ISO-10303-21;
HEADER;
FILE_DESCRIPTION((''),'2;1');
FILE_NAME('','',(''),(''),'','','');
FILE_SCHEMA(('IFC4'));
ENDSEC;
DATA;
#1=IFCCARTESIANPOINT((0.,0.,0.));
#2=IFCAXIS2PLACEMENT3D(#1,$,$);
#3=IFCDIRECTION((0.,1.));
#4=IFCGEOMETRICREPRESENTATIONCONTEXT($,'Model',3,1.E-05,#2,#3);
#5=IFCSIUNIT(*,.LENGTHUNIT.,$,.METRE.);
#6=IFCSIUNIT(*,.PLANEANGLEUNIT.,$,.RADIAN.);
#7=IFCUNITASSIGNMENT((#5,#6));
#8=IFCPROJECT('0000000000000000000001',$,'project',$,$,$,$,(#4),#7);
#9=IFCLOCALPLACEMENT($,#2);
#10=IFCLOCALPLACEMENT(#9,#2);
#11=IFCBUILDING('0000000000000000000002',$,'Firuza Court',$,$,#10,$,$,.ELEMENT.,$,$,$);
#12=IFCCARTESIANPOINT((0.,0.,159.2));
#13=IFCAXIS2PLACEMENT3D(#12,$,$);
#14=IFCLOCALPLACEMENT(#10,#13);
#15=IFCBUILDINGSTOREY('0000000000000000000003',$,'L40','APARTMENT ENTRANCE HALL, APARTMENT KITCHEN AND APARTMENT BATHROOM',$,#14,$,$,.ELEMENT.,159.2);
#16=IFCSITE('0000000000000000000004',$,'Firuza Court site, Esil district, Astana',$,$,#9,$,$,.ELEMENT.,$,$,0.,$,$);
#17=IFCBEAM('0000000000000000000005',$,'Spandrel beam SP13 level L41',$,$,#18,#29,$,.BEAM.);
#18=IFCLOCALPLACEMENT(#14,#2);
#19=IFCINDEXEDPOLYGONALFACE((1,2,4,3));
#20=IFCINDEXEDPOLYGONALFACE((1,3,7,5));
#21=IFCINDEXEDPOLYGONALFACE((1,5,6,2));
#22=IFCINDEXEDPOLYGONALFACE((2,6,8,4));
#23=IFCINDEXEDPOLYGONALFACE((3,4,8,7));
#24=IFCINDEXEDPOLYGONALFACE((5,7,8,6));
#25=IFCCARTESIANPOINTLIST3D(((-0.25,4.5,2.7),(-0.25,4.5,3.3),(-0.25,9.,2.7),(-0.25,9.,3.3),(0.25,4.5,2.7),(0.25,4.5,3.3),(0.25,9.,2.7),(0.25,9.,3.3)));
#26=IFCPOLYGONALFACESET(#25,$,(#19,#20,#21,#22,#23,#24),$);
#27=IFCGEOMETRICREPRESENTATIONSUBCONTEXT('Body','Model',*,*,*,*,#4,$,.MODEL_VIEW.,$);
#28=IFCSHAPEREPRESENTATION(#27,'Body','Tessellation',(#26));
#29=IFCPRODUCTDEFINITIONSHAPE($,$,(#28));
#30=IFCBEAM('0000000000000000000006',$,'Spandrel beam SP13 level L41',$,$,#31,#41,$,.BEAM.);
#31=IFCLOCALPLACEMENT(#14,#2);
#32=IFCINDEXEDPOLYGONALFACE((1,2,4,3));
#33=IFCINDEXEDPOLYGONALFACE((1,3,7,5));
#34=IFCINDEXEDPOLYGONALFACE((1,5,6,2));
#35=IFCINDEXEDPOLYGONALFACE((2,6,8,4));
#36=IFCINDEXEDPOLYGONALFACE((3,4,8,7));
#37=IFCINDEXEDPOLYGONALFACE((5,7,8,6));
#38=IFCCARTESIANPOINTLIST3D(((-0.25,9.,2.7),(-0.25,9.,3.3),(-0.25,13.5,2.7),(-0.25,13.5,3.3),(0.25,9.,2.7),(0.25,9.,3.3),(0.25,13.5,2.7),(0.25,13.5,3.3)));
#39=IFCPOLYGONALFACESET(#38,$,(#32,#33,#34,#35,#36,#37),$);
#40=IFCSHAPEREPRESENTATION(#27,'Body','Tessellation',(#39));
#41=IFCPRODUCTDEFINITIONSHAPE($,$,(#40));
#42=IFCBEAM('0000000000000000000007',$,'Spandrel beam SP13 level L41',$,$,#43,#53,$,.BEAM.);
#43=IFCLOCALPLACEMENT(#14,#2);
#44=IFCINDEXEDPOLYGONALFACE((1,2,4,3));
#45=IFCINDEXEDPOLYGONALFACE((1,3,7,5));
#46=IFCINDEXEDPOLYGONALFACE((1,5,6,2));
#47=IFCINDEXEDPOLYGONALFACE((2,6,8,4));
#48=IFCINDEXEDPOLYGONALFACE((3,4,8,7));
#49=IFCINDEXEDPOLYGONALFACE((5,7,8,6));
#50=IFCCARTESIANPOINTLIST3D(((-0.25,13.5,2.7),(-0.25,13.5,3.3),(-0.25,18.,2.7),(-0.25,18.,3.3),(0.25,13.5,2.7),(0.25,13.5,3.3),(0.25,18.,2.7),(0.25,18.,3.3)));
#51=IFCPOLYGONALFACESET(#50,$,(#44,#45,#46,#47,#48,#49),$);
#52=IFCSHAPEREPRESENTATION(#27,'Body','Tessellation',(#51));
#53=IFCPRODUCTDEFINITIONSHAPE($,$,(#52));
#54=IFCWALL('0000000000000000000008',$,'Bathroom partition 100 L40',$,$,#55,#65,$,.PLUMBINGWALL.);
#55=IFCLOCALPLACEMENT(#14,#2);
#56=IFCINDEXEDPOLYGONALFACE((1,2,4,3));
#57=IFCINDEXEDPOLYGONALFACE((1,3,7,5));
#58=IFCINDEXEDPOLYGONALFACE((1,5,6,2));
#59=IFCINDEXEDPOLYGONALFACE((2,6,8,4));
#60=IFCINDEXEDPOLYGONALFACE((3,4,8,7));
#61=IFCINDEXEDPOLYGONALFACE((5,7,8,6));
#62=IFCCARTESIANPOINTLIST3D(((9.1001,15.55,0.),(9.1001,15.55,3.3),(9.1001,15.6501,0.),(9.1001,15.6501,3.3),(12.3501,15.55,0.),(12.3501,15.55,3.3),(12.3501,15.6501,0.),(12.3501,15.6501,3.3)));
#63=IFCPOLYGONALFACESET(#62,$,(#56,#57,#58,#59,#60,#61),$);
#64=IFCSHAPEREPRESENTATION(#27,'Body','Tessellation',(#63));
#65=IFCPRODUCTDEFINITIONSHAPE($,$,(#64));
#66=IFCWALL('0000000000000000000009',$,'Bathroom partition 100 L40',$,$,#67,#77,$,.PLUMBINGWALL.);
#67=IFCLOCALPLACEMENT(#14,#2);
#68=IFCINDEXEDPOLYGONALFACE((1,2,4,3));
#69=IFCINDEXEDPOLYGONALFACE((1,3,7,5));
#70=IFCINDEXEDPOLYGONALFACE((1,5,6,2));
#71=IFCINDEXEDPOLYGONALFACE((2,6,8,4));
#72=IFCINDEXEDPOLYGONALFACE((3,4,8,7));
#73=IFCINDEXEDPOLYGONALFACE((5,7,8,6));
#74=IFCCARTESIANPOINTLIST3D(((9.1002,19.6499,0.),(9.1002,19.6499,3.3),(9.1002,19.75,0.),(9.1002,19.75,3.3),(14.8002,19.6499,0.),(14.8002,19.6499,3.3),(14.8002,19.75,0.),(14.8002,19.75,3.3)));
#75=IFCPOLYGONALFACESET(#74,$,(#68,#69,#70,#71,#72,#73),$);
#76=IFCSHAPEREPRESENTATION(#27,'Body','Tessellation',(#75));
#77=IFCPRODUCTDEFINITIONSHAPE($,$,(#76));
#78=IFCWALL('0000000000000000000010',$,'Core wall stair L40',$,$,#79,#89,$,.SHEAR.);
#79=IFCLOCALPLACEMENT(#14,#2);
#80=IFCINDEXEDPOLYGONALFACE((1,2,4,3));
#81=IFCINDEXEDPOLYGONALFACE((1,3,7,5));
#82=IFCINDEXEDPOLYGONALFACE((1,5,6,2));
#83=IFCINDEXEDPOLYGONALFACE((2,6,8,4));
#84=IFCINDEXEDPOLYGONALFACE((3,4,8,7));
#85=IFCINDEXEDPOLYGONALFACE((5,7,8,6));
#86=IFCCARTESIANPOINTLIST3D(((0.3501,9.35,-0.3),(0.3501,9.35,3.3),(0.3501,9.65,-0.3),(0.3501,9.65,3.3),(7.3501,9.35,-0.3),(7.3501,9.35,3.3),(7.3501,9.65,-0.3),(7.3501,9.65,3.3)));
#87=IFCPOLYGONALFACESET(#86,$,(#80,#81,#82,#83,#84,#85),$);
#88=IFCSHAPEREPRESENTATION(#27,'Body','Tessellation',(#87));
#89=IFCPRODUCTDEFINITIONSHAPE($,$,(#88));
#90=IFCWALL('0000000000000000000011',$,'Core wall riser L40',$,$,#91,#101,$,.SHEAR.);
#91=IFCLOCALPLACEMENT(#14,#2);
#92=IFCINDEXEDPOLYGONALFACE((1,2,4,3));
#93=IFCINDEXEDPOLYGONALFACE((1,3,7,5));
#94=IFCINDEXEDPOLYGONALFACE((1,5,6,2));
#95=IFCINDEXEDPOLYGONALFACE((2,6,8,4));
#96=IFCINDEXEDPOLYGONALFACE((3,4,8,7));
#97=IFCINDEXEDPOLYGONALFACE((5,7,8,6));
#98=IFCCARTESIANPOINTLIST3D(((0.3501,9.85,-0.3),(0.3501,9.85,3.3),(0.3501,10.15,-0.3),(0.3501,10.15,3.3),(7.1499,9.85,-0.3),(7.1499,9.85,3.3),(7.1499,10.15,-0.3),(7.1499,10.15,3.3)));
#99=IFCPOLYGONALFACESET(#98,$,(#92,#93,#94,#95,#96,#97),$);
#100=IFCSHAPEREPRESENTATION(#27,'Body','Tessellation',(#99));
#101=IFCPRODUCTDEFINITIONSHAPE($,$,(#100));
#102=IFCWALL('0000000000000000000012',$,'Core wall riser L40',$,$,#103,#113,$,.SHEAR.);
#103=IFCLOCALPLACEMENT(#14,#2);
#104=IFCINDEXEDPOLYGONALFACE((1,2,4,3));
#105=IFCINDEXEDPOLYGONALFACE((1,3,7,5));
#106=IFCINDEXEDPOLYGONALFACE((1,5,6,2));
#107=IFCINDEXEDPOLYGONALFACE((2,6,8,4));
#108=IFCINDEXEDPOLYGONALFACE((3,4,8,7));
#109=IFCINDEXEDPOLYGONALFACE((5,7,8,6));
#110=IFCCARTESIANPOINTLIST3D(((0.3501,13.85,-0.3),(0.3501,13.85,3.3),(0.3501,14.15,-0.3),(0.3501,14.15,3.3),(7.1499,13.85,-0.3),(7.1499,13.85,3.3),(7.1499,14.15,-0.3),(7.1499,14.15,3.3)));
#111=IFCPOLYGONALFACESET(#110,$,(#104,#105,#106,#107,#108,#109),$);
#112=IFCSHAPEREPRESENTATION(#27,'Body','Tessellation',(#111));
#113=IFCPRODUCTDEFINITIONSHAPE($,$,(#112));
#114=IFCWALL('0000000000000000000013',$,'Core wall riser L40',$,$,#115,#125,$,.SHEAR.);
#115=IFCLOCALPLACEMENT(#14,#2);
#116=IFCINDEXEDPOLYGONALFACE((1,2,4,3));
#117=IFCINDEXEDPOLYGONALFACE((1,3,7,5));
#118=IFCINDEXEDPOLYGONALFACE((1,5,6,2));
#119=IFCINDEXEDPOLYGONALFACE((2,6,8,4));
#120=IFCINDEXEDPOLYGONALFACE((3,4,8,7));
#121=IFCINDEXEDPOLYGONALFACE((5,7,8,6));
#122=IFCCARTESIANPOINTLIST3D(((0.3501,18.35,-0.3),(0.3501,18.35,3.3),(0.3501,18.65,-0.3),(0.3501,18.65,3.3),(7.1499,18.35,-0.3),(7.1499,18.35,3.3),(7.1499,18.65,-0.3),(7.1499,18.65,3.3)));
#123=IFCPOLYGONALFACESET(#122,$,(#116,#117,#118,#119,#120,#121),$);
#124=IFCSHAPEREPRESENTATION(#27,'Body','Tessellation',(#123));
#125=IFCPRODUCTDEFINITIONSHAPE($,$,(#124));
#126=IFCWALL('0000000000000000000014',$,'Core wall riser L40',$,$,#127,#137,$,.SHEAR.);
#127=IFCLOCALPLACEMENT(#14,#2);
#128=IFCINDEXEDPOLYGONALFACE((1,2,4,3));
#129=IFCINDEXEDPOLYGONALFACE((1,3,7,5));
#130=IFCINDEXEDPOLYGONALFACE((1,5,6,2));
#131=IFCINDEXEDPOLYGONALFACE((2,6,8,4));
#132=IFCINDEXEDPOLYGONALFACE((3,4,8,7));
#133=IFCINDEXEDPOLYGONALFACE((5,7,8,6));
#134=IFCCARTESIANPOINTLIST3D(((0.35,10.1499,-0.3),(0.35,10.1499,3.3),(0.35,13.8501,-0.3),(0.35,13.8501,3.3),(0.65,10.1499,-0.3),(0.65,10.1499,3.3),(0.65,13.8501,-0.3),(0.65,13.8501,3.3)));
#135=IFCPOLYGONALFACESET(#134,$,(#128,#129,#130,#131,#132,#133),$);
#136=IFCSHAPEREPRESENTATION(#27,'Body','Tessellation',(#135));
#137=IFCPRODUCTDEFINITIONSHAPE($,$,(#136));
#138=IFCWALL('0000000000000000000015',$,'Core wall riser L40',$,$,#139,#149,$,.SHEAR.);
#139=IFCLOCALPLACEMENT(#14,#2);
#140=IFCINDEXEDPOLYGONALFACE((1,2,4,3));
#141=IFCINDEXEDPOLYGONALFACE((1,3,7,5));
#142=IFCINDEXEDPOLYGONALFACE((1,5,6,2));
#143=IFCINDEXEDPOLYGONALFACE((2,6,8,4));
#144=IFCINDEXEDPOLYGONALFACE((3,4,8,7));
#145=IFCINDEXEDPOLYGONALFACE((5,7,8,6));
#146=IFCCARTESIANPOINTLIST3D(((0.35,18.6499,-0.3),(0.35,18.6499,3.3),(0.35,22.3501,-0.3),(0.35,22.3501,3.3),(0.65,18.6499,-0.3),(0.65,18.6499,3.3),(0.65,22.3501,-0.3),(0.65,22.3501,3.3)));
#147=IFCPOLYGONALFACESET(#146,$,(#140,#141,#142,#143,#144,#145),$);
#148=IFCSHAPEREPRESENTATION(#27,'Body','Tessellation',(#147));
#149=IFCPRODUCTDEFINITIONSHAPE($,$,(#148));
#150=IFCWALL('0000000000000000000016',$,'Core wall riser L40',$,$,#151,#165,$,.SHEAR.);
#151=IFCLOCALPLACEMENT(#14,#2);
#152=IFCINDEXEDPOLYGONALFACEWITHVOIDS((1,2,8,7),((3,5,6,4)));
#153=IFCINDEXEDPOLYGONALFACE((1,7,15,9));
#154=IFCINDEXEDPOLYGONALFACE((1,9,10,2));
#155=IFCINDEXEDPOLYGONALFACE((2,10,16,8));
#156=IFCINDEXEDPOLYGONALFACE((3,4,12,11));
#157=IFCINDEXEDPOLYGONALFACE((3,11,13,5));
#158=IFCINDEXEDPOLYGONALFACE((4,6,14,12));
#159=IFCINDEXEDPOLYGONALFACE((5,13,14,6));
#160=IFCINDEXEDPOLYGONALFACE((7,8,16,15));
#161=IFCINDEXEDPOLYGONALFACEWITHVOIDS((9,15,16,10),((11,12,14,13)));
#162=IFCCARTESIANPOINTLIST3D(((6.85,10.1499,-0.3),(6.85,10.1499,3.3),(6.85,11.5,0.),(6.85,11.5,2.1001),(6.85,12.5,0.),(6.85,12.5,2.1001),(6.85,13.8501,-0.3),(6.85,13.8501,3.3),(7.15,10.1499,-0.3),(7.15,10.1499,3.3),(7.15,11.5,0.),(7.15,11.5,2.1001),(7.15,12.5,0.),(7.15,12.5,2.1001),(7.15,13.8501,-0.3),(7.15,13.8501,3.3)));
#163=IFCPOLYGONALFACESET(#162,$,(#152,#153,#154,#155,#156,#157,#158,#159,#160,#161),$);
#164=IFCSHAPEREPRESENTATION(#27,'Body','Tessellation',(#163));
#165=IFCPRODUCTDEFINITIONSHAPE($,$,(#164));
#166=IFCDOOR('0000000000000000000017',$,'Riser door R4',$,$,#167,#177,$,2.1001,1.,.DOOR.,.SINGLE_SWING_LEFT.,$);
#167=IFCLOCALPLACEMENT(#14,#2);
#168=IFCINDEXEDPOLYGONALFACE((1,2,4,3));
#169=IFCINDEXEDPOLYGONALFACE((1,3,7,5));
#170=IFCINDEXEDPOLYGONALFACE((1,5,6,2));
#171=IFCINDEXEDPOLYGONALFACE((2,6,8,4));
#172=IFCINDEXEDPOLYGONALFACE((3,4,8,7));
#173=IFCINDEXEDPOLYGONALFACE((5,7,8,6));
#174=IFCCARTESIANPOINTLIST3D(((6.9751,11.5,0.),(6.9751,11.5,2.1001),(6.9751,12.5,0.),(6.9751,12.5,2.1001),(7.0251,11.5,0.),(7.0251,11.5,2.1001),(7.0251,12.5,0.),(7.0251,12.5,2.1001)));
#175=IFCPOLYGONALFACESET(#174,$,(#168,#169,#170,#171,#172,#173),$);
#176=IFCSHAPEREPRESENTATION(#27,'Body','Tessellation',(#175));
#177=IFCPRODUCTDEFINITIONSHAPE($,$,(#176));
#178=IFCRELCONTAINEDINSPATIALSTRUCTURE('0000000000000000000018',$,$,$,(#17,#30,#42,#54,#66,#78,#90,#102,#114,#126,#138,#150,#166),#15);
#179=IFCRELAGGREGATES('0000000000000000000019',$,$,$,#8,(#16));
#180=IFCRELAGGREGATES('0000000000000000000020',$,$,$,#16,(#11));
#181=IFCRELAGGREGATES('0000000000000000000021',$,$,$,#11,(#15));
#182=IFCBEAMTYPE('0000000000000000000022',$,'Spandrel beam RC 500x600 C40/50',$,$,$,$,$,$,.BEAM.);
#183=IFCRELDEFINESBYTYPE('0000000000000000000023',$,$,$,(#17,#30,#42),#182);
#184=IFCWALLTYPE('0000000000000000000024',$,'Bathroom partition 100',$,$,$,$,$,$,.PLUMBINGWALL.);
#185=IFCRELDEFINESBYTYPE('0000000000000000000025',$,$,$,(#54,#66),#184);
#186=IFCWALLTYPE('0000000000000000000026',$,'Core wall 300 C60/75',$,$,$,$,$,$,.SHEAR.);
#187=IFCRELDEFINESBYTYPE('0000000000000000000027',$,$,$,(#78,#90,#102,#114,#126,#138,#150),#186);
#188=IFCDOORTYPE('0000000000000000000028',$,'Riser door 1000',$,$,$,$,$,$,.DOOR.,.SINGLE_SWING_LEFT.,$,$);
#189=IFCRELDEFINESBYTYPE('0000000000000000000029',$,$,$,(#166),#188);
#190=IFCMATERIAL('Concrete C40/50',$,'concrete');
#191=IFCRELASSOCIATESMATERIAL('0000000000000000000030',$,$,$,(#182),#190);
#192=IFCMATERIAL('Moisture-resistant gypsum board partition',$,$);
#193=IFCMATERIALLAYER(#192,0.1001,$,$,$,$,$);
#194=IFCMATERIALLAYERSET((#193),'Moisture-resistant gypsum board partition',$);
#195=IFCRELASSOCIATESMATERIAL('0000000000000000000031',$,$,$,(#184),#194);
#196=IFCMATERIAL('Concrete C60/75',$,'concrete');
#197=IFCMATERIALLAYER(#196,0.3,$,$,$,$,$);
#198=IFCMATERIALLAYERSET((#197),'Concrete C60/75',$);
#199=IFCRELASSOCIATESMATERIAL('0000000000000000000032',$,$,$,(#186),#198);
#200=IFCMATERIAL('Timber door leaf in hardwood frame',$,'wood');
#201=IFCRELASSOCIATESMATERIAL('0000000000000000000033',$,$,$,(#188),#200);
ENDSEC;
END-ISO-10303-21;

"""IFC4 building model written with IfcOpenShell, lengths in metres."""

from ifc_helpers import new_model, si_unit, direction, frame, frame_2d, origin, origin_2d, place, context, subcontext, project, spatial, rectangle, extrude, material, layer, layer_set, material_profile, profile_set, type_object, element, fill, save


model = new_model("IFC4")

# Units and contexts
model_context = context("Model", 3, precision=1e-05, world=origin(), true_north=direction((0.0, 1.0)))
body_context = subcontext(model_context, "Body", "Model", "MODEL_VIEW")
ifc_project = project(units=[si_unit("LENGTHUNIT", "METRE"), si_unit("PLANEANGLEUNIT", "RADIAN")], contexts=[model_context])

# Site, building, storey
site_placement = place(None, origin())
site = spatial("IfcSite", under=ifc_project, at=site_placement, Name="Firuza Court site, Esil district, Astana", CompositionType="ELEMENT", RefElevation=0.0)
building_placement = place(site_placement, origin())
building = spatial("IfcBuilding", under=site, at=building_placement, Name="Firuza Court", CompositionType="ELEMENT")
storey_placement = place(building_placement, frame((0.0, 0.0, 159.2)))
storey = spatial("IfcBuildingStorey", under=building, at=storey_placement, Name="L40", Description="APARTMENT ENTRANCE HALL, APARTMENT KITCHEN AND APARTMENT BATHROOM", CompositionType="ELEMENT", Elevation=159.2)

# Beams
ifc_material_1 = material(Name="Concrete C40/50", Category="concrete")
ifc_material_profile_1 = material_profile(ifc_material_1, rectangle(XDim=0.5, YDim=0.6001, at=origin_2d()), Name="RC 500x600")
ifc_profile_set_1 = profile_set([ifc_material_profile_1], Name="Concrete C40/50")
beam_type_1 = type_object("IfcBeamType", Name="Spandrel beam RC 500x600 C40/50", PredefinedType="BEAM", material=ifc_profile_set_1)
for number, where, z_axis, x_axis, name in (
    (1, (0.0, 9.0, 3.0), (0.0, -1.0, 0.0), (1.0, 0.0, 0.0), "Spandrel beam SP13 level L41"),
    (2, (0.0, 13.5, 3.0), (0.0, -1.0, 0.0), (1.0, 0.0, 0.0), "Spandrel beam SP13 level L41"),
    (3, (0.0, 18.0, 3.0), (0.0, -1.0, 0.0), (1.0, 0.0, 0.0), "Spandrel beam SP13 level L41"),
):
    element("IfcBeam", number, at=place(storey_placement, frame(where, z_axis=z_axis, x_axis=x_axis)), inside=storey, type_object=beam_type_1, Name=name, PredefinedType="BEAM", context=body_context, shape_type="SweptSolid", body=[
        extrude(rectangle(XDim=0.5, YDim=0.6001, at=origin_2d()), origin(), (0.0, 0.0, 1.0), 4.5),
    ])

# Walls
ifc_material_2 = material(Name="Moisture-resistant gypsum board partition")
ifc_layer_1 = layer(ifc_material_2, 0.1001)
ifc_layer_set_1 = layer_set([ifc_layer_1], Name="Moisture-resistant gypsum board partition")
wall_type_1 = type_object("IfcWallType", Name="Bathroom partition 100", PredefinedType="PLUMBINGWALL", material=ifc_layer_set_1)
wall_1_placement = place(storey_placement, frame((9.1001, 15.6001, 0.0), z_axis=(0.0, 0.0, 1.0), x_axis=(1.0, 0.0, 0.0)))
element("IfcWall", 4, at=wall_1_placement, inside=storey, type_object=wall_type_1, Name="Bathroom partition 100 L40", PredefinedType="PLUMBINGWALL", context=body_context, shape_type="SweptSolid", body=[
    extrude(rectangle(XDim=3.25, YDim=0.1001, at=frame_2d((1.625, 0.0))), origin(), (0.0, 0.0, 1.0), 3.3),
])
wall_2_placement = place(storey_placement, frame((9.1001, 19.7, 0.0), z_axis=(0.0, 0.0, 1.0), x_axis=(1.0, 0.0, 0.0)))
element("IfcWall", 5, at=wall_2_placement, inside=storey, type_object=wall_type_1, Name="Bathroom partition 100 L40", PredefinedType="PLUMBINGWALL", context=body_context, shape_type="SweptSolid", body=[
    extrude(rectangle(XDim=5.7, YDim=0.1001, at=frame_2d((2.8501, 0.0))), origin(), (0.0, 0.0, 1.0), 3.3),
])
ifc_material_3 = material(Name="Concrete C60/75", Category="concrete")
ifc_layer_2 = layer(ifc_material_3, 0.3)
ifc_layer_set_2 = layer_set([ifc_layer_2], Name="Concrete C60/75")
wall_type_2 = type_object("IfcWallType", Name="Core wall 300 C60/75", PredefinedType="SHEAR", material=ifc_layer_set_2)
wall_3_placement = place(storey_placement, frame((0.3501, 9.5, -0.3), z_axis=(0.0, 0.0, 1.0), x_axis=(1.0, 0.0, 0.0)))
element("IfcWall", 6, at=wall_3_placement, inside=storey, type_object=wall_type_2, Name="Core wall stair L40", PredefinedType="SHEAR", context=body_context, shape_type="SweptSolid", body=[
    extrude(rectangle(XDim=7.0, YDim=0.3, at=frame_2d((3.5, 0.0))), origin(), (0.0, 0.0, 1.0), 3.6001),
])
for number, where, z_axis, x_axis, name in (
    (7, (0.3501, 10.0, -0.3), (0.0, 0.0, 1.0), (1.0, 0.0, 0.0), "Core wall riser L40"),
    (8, (0.3501, 14.0, -0.3), (0.0, 0.0, 1.0), (1.0, 0.0, 0.0), "Core wall riser L40"),
    (9, (0.3501, 18.5, -0.3), (0.0, 0.0, 1.0), (1.0, 0.0, 0.0), "Core wall riser L40"),
):
    element("IfcWall", number, at=place(storey_placement, frame(where, z_axis=z_axis, x_axis=x_axis)), inside=storey, type_object=wall_type_2, Name=name, PredefinedType="SHEAR", context=body_context, shape_type="SweptSolid", body=[
        extrude(rectangle(XDim=6.7998, YDim=0.3, at=frame_2d((3.3999, 0.0))), origin(), (0.0, 0.0, 1.0), 3.6001),
    ])
for number, where, z_axis, x_axis, name in (
    (10, (0.5, 10.1499, -0.3), (0.0, 0.0, 1.0), (0.0, 1.0, 0.0), "Core wall riser L40"),
    (11, (0.5, 18.6499, -0.3), (0.0, 0.0, 1.0), (0.0, 1.0, 0.0), "Core wall riser L40"),
):
    element("IfcWall", number, at=place(storey_placement, frame(where, z_axis=z_axis, x_axis=x_axis)), inside=storey, type_object=wall_type_2, Name=name, PredefinedType="SHEAR", context=body_context, shape_type="SweptSolid", body=[
        extrude(rectangle(XDim=3.7002, YDim=0.3, at=frame_2d((1.8501, 0.0))), origin(), (0.0, 0.0, 1.0), 3.6001),
    ])

# Wall, opening, door
wall_4_placement = place(storey_placement, frame((7.0, 10.1499, -0.3), z_axis=(0.0, 0.0, 1.0), x_axis=(0.0, 1.0, 0.0)))
wall_4 = element("IfcWall", 12, at=wall_4_placement, inside=storey, type_object=wall_type_2, Name="Core wall riser L40", PredefinedType="SHEAR", context=body_context, shape_type="SweptSolid", body=[
    extrude(rectangle(XDim=3.7002, YDim=0.3, at=frame_2d((1.8501, 0.0))), origin(), (0.0, 0.0, 1.0), 3.6001),
])
opening_1_placement = place(wall_4_placement, frame((1.3501, 0.0, 0.3)))
opening_1 = element("IfcOpeningElement", 13, at=opening_1_placement, cuts=wall_4, PredefinedType="OPENING", context=body_context, shape_type="SweptSolid", body=[
    extrude(rectangle(XDim=1.0, YDim=2.1001, at=frame_2d((0.5, 1.05))), frame((0.0, 0.1621, 0.0), z_axis=(0.0, -1.0, 0.0), x_axis=(1.0, 0.0, 0.0)), (0.0, 0.0, 1.0), 0.324),
])
ifc_material_4 = material(Name="Timber door leaf in hardwood frame", Category="wood")
door_type_1 = type_object("IfcDoorType", Name="Riser door 1000", OperationType="SINGLE_SWING_LEFT", PredefinedType="DOOR", material=ifc_material_4)
door_1_placement = place(opening_1_placement, origin())
door_1 = element("IfcDoor", 14, at=door_1_placement, inside=storey, type_object=door_type_1, Name="Riser door R4", OperationType="SINGLE_SWING_LEFT", OverallHeight=2.1001, OverallWidth=1.0, PredefinedType="DOOR", context=body_context, shape_type="SweptSolid", body=[
    extrude(rectangle(XDim=1.0, YDim=2.1001, at=frame_2d((0.5, 1.05))), frame((0.0, 0.0249, 0.0), z_axis=(0.0, -1.0, 0.0), x_axis=(1.0, 0.0, 0.0)), (0.0, 0.0, 1.0), 0.05),
])
fill(opening_1, door_1)

save(model, "model.ifc")
